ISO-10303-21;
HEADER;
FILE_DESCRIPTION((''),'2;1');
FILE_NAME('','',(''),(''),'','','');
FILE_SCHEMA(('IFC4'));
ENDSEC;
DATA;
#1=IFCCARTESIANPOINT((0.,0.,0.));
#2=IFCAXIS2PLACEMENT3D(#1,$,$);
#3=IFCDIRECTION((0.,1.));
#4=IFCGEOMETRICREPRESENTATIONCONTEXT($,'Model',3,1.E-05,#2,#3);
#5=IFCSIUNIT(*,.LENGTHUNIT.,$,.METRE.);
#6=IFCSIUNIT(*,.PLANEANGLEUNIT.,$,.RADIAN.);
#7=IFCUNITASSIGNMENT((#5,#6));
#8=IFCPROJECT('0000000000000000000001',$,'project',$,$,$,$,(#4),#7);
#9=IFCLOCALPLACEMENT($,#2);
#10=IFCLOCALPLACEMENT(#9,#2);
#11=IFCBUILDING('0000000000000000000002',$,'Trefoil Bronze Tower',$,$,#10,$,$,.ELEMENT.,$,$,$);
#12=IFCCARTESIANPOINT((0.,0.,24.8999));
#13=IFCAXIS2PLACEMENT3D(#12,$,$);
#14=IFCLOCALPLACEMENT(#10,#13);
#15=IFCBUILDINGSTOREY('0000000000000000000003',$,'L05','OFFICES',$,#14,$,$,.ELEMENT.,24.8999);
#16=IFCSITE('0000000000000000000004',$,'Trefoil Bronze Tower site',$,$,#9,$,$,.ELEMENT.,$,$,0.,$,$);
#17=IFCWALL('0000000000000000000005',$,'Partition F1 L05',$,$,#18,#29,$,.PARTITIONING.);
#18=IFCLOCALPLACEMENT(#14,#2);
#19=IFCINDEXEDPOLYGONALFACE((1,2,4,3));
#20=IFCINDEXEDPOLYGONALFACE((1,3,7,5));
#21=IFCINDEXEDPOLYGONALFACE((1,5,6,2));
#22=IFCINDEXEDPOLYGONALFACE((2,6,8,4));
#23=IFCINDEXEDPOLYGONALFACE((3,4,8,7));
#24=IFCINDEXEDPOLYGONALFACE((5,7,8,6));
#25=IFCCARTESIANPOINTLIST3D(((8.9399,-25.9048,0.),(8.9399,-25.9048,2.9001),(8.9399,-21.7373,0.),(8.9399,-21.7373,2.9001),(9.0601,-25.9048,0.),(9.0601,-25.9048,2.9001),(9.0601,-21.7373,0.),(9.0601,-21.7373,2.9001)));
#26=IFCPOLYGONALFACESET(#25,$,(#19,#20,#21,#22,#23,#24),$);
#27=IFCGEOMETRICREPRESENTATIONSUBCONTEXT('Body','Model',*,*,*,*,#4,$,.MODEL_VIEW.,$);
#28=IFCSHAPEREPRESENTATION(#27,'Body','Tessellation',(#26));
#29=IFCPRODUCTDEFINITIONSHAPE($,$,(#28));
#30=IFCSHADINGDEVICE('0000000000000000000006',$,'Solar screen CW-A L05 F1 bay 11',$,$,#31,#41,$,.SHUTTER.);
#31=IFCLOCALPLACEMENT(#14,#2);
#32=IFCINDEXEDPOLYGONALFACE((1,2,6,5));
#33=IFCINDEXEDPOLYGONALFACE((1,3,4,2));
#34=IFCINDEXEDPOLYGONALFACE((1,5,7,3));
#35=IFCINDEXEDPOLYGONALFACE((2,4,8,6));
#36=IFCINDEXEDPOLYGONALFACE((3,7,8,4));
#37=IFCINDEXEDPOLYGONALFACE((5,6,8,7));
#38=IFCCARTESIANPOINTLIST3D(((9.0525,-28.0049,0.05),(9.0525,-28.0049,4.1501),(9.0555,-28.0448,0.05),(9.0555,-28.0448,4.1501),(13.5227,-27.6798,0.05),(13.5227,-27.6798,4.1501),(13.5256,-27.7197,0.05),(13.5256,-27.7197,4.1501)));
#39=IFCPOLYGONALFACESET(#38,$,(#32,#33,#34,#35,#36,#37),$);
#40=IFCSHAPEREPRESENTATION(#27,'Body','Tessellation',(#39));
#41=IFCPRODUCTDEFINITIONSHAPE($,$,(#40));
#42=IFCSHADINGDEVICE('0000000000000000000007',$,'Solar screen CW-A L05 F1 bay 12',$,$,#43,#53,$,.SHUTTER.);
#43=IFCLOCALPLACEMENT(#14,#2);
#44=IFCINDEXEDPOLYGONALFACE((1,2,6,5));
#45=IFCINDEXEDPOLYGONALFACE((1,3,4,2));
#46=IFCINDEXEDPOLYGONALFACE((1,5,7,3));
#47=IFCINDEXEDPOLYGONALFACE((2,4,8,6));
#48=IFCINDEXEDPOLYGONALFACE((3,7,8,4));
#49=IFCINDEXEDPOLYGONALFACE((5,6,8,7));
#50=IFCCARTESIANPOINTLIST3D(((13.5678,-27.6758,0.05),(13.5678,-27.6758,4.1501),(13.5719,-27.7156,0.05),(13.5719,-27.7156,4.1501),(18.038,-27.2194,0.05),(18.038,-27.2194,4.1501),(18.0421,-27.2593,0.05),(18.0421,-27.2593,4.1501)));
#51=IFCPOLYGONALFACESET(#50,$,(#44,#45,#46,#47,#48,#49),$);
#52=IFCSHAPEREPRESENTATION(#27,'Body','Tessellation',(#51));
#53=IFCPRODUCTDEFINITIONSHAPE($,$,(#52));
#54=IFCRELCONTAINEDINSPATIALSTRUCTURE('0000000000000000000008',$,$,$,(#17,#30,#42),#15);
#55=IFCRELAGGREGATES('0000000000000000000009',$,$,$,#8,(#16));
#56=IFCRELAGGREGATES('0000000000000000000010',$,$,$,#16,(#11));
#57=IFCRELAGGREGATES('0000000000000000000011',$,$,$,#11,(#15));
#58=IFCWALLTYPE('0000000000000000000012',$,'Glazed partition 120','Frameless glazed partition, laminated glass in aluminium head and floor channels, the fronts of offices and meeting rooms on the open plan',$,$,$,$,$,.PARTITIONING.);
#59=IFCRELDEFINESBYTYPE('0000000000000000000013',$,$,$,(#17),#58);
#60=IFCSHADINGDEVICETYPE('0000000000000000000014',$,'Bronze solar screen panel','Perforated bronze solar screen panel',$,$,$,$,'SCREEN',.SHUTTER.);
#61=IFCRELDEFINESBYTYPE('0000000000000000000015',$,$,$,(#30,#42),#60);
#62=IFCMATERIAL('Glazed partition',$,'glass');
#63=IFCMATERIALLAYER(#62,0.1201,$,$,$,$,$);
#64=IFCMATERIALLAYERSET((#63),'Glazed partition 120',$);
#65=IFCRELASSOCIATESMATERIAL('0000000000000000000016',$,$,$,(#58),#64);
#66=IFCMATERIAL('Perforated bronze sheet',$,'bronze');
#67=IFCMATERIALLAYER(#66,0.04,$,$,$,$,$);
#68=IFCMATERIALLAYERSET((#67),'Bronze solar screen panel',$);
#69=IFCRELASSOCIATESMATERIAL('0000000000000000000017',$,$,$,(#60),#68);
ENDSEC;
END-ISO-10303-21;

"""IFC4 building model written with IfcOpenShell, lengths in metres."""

from ifc_helpers import new_model, si_unit, direction, frame, frame_2d, origin, origin_2d, place, context, subcontext, project, spatial, rectangle, extrude, material, layer, layer_set, type_object, element, save


model = new_model("IFC4")

# Units and contexts
model_context = context("Model", 3, precision=1e-05, world=origin(), true_north=direction((0.0, 1.0)))
body_context = subcontext(model_context, "Body", "Model", "MODEL_VIEW")
ifc_project = project(units=[si_unit("LENGTHUNIT", "METRE"), si_unit("PLANEANGLEUNIT", "RADIAN")], contexts=[model_context])

# Site, building, storey
site_placement = place(None, origin())
site = spatial("IfcSite", under=ifc_project, at=site_placement, Name="Trefoil Bronze Tower site", CompositionType="ELEMENT", RefElevation=0.0)
building_placement = place(site_placement, origin())
building = spatial("IfcBuilding", under=site, at=building_placement, Name="Trefoil Bronze Tower", CompositionType="ELEMENT")
storey_placement = place(building_placement, frame((0.0, 0.0, 24.8999)))
storey = spatial("IfcBuildingStorey", under=building, at=storey_placement, Name="L05", Description="OFFICES", CompositionType="ELEMENT", Elevation=24.8999)

# Shared definitions
ifc_material_1 = material(Name="Glazed partition", Category="glass")
ifc_layer_1 = layer(ifc_material_1, 0.1201)
ifc_layer_set_1 = layer_set([ifc_layer_1], Name="Glazed partition 120")
wall_type = type_object("IfcWallType", Name="Glazed partition 120", Description="Frameless glazed partition, laminated glass in aluminium head and floor channels, the fronts of offices and meeting rooms on the open plan", PredefinedType="PARTITIONING", material=ifc_layer_set_1)

# Wall
wall_1_placement = place(storey_placement, frame((9.0, -21.7373, 0.0), z_axis=(0.0, 0.0, 1.0), x_axis=(0.0, -1.0, 0.0)))
element("IfcWall", 1, at=wall_1_placement, inside=storey, type_object=wall_type, Name="Partition F1 L05", PredefinedType="PARTITIONING", context=body_context, shape_type="SweptSolid", body=[
    extrude(rectangle(XDim=4.1675, YDim=0.1201, at=frame_2d((2.0837, 0.0))), origin(), (0.0, 0.0, 1.0), 2.9001),
])

# Shading devices
ifc_material_2 = material(Name="Perforated bronze sheet", Category="bronze")
ifc_layer_2 = layer(ifc_material_2, 0.04)
ifc_layer_set_2 = layer_set([ifc_layer_2], Name="Bronze solar screen panel")
shading_device_type = type_object("IfcShadingDeviceType", Name="Bronze solar screen panel", Description="Perforated bronze solar screen panel", ElementType="SCREEN", PredefinedType="SHUTTER", material=ifc_layer_set_2)
shading_device_1_placement = place(storey_placement, frame((11.2891, -27.8623, 0.05), z_axis=(0.0, 0.0, 1.0), x_axis=(0.997365, 0.072547, 0.0)))
element("IfcShadingDevice", 2, at=shading_device_1_placement, inside=storey, type_object=shading_device_type, Name="Solar screen CW-A L05 F1 bay 11", PredefinedType="SHUTTER", context=body_context, shape_type="SweptSolid", body=[
    extrude(rectangle(XDim=4.4819, YDim=0.04, at=origin_2d()), origin(), (0.0, 0.0, 1.0), 4.1001),
])
shading_device_2_placement = place(storey_placement, frame((15.8049, -27.4675, 0.05), z_axis=(0.0, 0.0, 1.0), x_axis=(0.994829, 0.101565, 0.0)))
element("IfcShadingDevice", 3, at=shading_device_2_placement, inside=storey, type_object=shading_device_type, Name="Solar screen CW-A L05 F1 bay 12", PredefinedType="SHUTTER", context=body_context, shape_type="SweptSolid", body=[
    extrude(rectangle(XDim=4.4934, YDim=0.04, at=origin_2d()), origin(), (0.0, 0.0, 1.0), 4.1001),
])

save(model, "model.ifc")
